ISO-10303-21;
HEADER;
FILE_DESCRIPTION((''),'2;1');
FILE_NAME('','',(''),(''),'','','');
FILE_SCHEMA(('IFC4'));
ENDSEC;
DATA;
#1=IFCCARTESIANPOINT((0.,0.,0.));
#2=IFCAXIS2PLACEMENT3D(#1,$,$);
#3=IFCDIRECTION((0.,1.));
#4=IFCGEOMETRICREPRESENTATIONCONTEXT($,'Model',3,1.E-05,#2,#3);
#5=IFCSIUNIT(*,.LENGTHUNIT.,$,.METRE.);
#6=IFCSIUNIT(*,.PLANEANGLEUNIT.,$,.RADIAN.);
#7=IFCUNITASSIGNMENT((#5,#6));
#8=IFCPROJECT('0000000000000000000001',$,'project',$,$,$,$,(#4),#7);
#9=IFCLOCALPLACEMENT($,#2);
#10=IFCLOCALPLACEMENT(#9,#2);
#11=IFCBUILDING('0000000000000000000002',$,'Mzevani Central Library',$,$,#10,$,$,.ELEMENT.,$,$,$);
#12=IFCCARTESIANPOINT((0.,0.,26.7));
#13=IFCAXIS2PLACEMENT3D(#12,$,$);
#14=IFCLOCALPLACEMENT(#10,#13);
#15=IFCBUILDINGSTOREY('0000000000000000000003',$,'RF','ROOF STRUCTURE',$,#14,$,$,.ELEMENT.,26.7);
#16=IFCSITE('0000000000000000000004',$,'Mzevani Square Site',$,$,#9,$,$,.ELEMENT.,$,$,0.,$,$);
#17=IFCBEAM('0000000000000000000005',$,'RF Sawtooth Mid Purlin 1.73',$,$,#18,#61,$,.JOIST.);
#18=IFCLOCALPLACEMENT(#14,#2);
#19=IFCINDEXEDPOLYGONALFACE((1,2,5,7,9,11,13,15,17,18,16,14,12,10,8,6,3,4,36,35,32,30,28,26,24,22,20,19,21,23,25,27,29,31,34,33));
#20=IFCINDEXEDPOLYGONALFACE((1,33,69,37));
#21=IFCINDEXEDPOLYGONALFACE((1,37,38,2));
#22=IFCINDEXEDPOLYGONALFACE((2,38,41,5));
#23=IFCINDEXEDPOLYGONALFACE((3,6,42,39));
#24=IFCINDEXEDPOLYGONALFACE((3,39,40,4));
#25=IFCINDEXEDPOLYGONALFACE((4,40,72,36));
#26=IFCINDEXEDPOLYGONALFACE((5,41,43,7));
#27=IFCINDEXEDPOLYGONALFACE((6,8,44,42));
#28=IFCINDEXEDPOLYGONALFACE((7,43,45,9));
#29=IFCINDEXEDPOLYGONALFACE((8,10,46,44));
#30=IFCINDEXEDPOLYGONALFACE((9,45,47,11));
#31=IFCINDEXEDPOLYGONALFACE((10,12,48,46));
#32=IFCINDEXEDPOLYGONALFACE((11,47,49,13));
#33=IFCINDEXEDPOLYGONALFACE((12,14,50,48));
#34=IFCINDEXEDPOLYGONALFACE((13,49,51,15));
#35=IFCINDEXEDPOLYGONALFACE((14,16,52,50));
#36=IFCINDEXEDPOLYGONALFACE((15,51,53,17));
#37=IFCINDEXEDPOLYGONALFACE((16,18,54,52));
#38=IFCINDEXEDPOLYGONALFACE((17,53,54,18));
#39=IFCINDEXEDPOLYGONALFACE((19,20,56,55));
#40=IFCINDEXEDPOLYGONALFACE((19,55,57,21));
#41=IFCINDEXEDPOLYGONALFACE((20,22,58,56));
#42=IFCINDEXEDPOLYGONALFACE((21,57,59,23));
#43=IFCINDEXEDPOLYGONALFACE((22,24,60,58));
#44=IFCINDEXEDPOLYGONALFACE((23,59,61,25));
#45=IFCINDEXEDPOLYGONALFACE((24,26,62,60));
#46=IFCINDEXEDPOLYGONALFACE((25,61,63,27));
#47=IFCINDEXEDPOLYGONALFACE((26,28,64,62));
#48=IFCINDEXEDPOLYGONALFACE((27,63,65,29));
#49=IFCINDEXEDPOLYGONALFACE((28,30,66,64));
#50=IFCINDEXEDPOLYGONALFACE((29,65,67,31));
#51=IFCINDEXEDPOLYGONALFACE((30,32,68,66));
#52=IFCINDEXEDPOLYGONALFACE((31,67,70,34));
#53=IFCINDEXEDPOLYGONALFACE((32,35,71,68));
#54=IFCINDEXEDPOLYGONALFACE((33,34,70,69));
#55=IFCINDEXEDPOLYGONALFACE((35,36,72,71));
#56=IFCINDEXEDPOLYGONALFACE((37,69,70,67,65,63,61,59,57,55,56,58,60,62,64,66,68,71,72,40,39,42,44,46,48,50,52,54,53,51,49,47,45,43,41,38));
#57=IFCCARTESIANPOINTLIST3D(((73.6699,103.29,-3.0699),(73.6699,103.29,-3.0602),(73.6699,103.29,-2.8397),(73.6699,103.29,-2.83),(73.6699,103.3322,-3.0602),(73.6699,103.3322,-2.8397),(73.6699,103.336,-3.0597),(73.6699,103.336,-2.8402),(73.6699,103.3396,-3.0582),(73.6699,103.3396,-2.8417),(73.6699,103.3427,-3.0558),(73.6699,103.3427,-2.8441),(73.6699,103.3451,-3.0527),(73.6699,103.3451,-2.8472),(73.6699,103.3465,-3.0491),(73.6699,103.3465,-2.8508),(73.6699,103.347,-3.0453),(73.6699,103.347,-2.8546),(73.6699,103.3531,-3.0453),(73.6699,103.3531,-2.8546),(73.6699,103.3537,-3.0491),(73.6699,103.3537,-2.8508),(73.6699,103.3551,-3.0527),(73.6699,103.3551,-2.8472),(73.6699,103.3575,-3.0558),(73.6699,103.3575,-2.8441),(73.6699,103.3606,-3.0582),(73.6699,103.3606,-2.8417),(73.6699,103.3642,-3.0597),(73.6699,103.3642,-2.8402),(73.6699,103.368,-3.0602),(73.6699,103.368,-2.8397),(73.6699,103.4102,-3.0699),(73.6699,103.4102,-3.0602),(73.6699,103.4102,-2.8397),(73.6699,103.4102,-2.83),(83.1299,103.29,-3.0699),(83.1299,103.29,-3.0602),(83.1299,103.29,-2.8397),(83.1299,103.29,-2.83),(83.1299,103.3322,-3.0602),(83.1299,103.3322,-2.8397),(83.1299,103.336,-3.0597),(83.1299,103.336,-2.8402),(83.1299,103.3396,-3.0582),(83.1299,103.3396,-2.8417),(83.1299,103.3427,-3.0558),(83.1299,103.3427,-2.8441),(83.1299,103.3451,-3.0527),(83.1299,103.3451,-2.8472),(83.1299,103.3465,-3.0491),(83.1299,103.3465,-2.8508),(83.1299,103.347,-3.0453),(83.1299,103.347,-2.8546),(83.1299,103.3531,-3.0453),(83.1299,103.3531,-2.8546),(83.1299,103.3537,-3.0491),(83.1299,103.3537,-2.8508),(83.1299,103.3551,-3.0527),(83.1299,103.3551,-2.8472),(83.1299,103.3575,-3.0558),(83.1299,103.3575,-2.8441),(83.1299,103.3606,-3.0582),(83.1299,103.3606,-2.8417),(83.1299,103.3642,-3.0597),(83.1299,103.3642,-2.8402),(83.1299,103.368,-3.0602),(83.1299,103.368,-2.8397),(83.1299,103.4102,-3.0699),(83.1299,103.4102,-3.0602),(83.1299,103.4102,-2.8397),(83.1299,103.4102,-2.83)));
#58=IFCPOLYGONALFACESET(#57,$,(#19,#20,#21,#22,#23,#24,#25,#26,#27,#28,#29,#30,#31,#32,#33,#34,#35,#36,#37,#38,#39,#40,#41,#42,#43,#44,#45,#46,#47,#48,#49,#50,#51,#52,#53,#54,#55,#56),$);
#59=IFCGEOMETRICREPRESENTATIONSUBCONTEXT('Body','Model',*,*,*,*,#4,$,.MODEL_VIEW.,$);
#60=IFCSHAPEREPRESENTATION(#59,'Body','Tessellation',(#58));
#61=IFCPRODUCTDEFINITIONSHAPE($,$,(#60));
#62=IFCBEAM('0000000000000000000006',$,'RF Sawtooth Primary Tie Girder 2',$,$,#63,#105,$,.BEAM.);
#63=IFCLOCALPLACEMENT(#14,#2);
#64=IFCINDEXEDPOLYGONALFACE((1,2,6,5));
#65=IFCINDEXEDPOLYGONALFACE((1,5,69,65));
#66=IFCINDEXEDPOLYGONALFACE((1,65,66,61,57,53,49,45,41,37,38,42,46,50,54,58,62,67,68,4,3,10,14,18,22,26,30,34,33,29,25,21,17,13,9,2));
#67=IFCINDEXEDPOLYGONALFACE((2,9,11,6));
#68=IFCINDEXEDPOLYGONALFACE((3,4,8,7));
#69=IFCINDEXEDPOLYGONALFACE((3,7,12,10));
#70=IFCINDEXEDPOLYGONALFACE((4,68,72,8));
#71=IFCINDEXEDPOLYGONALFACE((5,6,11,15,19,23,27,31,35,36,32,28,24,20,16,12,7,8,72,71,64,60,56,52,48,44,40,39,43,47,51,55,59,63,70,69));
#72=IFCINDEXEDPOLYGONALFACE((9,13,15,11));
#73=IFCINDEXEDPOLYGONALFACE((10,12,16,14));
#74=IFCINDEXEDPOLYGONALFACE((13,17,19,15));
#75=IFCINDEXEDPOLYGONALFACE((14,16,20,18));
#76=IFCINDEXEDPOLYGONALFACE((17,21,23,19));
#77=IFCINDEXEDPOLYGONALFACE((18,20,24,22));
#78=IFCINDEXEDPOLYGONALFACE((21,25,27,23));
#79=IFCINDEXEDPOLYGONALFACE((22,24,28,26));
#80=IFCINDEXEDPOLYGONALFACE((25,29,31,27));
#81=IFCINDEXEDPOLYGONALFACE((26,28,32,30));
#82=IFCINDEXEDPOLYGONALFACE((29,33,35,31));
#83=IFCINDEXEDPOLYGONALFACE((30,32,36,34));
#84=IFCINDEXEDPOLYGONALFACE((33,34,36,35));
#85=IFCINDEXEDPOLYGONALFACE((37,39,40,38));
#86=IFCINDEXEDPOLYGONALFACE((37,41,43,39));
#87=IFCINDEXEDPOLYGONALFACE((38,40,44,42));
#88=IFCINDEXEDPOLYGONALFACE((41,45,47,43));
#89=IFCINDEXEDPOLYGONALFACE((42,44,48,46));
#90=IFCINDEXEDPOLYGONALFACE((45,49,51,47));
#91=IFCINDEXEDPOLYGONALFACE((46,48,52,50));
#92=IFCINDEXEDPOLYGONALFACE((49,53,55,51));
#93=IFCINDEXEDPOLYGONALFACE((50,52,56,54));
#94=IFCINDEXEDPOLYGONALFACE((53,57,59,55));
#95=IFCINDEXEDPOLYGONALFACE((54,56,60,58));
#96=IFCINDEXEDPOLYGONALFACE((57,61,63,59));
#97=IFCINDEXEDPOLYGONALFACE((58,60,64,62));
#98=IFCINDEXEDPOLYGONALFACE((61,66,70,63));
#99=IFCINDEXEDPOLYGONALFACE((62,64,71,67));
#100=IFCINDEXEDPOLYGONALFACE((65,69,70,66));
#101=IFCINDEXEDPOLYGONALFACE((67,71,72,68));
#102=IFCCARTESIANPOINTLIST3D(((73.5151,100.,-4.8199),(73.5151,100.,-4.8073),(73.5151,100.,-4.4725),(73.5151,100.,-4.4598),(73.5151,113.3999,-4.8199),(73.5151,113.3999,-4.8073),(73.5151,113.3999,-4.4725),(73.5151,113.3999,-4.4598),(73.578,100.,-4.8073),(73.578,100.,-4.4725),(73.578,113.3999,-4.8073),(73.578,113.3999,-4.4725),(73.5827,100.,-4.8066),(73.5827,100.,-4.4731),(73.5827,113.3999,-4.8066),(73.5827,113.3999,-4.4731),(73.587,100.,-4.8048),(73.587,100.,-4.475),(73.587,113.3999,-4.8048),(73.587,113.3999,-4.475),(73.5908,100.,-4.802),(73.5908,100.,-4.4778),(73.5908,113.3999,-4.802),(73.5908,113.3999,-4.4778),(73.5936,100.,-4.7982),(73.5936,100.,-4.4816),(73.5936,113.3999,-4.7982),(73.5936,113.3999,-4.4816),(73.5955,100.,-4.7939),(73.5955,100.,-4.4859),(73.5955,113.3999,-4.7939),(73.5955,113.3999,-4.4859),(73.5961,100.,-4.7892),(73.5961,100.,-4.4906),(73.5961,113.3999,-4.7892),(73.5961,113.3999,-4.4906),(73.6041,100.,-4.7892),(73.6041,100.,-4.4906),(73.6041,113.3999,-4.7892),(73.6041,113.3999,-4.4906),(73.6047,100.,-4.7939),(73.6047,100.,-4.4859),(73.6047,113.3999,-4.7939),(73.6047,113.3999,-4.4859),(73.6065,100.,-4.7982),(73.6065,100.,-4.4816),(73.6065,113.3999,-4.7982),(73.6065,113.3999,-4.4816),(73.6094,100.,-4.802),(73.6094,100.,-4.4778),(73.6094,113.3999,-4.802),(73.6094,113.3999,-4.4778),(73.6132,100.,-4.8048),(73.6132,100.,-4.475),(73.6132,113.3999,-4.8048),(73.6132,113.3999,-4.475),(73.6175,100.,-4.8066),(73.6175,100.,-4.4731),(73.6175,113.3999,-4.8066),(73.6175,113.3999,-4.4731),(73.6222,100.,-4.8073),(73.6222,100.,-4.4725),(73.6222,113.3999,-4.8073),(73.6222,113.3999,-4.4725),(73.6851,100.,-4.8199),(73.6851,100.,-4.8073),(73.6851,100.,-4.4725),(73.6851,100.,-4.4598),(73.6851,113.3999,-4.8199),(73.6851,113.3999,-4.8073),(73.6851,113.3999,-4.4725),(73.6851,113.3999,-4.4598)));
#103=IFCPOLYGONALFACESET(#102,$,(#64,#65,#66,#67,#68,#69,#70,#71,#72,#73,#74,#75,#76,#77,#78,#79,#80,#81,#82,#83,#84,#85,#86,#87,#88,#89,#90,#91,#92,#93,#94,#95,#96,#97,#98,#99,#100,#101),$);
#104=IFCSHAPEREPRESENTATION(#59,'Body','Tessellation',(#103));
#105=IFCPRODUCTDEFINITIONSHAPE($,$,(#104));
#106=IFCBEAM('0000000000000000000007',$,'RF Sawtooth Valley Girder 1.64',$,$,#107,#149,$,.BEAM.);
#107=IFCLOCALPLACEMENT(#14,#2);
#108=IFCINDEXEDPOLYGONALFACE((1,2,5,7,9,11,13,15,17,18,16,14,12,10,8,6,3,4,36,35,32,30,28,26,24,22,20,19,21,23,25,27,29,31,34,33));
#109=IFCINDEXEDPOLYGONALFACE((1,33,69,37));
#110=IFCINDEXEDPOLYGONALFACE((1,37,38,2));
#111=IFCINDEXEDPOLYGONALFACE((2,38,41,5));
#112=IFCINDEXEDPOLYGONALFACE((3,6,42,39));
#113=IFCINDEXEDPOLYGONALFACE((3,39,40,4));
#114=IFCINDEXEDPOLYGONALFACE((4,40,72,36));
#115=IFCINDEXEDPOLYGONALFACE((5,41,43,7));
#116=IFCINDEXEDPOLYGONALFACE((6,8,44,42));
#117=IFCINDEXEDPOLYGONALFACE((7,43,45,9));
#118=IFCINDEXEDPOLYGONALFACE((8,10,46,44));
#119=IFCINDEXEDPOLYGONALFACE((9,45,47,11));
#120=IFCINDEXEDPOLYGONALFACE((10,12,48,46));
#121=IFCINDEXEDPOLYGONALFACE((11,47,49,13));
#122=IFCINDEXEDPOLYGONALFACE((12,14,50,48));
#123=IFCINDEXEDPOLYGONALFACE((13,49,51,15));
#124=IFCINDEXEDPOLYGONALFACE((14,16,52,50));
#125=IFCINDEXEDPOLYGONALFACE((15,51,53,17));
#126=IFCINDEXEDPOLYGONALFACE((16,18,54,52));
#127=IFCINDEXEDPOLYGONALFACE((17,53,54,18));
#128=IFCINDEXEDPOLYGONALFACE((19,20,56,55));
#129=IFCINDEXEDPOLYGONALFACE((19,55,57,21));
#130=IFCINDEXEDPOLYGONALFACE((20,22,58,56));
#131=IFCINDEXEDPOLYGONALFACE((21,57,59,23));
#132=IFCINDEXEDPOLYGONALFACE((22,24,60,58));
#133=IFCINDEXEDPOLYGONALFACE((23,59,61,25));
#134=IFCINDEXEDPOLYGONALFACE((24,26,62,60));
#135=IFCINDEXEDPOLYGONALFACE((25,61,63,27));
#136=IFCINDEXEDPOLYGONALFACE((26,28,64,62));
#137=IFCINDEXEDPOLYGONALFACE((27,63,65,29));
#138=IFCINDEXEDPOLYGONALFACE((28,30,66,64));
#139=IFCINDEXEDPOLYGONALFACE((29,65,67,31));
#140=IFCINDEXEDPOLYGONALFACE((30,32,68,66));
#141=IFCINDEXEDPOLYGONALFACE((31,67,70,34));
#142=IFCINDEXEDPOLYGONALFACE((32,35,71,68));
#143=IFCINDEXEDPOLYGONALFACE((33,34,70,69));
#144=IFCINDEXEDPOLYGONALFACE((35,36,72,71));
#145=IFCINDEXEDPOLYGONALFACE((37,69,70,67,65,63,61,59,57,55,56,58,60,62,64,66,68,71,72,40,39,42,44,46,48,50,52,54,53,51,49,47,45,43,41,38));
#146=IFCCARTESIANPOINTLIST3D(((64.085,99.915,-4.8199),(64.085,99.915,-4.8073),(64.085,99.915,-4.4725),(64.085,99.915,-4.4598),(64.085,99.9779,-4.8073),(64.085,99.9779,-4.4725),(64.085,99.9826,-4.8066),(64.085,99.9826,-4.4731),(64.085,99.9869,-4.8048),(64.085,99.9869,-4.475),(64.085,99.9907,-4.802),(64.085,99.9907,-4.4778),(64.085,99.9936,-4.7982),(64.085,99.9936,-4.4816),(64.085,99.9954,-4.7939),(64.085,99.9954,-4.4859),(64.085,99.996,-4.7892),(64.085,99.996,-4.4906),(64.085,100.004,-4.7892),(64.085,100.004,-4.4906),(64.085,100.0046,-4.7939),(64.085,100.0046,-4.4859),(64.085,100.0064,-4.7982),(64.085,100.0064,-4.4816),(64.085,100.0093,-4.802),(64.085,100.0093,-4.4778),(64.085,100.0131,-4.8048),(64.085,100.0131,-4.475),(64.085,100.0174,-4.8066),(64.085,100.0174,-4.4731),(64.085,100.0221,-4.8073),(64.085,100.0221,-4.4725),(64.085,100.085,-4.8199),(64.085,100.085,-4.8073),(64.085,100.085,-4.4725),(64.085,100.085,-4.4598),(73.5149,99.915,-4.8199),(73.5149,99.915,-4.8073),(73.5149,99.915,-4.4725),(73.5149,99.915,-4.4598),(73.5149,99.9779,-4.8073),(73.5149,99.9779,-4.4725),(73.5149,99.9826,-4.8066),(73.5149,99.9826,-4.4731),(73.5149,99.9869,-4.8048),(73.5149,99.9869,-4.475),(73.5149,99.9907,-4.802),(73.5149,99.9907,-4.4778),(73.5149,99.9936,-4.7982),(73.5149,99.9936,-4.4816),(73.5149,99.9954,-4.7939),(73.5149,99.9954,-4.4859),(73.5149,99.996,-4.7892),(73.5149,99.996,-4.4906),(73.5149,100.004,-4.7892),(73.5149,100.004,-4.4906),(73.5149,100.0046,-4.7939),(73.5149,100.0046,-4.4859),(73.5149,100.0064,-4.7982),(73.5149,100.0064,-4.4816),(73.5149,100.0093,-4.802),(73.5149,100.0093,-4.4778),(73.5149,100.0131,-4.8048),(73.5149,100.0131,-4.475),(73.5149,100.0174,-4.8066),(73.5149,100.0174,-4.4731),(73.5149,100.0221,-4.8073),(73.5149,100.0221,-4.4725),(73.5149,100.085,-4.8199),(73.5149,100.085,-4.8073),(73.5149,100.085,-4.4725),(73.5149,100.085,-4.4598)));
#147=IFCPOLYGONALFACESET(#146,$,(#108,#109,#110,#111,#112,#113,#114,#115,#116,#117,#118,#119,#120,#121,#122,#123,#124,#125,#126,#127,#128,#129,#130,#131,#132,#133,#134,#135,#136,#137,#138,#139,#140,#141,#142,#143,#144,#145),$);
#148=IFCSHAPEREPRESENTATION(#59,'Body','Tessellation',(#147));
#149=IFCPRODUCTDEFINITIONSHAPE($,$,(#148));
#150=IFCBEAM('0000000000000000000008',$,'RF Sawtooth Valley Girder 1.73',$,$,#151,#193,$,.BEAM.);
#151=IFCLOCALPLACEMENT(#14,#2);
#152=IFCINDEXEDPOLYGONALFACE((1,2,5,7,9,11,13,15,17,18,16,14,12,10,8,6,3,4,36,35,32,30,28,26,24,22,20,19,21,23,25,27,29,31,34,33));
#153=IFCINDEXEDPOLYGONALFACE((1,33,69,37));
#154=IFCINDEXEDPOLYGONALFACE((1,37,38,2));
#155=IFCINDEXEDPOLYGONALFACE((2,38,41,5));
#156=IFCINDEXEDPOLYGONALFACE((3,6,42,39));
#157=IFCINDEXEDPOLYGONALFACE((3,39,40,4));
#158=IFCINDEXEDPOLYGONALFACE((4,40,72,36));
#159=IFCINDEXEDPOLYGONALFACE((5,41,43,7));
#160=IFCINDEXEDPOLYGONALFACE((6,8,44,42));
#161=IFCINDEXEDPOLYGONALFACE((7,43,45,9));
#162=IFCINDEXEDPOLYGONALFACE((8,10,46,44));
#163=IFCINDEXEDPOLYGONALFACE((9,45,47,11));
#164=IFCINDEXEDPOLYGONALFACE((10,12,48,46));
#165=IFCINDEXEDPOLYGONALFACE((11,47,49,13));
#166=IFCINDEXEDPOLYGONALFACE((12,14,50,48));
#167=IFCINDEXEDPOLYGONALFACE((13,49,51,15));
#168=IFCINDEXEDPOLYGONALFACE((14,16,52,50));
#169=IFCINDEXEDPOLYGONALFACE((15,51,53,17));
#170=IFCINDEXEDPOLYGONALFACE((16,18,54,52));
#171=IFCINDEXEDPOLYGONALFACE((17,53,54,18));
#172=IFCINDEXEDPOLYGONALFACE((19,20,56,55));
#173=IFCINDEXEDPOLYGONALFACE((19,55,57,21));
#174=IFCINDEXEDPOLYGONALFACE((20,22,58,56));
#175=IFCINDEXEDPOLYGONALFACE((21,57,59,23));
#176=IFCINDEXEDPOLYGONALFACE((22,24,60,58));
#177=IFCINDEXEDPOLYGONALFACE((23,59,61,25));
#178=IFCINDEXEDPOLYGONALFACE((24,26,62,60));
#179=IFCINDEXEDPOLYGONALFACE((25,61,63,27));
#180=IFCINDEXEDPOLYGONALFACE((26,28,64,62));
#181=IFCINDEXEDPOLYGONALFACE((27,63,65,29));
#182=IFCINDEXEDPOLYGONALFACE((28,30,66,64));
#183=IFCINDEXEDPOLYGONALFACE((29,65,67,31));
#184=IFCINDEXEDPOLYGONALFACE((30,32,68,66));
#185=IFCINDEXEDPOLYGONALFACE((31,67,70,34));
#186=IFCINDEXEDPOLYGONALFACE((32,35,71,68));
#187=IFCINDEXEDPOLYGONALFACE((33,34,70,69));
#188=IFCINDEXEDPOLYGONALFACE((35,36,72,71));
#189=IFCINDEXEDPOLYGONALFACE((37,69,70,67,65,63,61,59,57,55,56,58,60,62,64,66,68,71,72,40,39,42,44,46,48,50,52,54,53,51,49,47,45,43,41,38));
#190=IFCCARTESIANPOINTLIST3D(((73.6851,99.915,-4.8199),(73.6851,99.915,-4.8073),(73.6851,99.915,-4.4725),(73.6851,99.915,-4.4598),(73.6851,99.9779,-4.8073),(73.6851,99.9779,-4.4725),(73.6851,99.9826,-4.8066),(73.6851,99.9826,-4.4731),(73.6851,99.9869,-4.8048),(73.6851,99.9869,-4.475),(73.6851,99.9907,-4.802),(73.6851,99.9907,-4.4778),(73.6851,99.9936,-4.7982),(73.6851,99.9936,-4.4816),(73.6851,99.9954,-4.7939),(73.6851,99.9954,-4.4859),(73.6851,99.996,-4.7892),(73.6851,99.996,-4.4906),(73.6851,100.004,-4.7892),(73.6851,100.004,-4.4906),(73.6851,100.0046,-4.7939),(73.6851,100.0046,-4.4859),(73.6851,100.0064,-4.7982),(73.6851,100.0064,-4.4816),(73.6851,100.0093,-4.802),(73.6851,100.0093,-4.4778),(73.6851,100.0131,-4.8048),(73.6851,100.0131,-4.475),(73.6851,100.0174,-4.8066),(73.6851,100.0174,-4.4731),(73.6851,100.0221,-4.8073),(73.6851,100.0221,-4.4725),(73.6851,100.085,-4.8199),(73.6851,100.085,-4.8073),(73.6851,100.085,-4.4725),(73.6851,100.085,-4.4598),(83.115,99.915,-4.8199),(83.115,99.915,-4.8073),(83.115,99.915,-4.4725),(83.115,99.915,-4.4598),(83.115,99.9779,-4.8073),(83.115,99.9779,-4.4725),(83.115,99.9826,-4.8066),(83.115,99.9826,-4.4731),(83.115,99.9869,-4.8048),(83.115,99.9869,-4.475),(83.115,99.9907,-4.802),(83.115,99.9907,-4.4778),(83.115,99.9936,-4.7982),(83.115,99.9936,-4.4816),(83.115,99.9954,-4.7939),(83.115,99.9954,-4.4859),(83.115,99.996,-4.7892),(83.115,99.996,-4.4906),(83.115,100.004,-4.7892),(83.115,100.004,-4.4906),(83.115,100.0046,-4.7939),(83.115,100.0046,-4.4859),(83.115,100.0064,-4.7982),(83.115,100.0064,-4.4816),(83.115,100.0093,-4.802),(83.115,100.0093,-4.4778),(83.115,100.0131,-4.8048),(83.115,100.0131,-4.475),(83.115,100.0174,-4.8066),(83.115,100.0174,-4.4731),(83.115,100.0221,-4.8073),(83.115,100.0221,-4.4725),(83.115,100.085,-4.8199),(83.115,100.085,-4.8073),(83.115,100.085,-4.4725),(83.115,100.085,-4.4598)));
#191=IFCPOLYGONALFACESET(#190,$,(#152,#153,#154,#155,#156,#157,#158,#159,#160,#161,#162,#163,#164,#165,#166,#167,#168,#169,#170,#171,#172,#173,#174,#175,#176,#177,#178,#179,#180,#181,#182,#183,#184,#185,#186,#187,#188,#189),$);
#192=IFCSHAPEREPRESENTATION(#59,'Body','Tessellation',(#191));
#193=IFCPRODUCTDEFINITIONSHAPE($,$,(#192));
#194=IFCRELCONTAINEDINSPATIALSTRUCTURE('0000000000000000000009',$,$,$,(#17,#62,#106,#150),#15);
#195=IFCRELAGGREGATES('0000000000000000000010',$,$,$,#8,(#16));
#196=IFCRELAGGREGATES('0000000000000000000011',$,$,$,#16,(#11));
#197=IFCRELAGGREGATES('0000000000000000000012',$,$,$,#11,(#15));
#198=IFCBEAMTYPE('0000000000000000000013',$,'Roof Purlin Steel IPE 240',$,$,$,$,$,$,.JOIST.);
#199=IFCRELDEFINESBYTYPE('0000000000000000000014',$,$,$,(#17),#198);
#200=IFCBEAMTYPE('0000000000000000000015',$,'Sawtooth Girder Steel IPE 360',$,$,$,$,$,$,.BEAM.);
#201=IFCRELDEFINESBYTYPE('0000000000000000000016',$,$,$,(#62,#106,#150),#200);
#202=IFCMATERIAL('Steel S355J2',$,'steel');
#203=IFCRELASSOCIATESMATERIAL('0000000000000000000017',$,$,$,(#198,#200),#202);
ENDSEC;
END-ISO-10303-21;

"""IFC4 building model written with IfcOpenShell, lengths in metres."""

from ifc_helpers import new_model, si_unit, direction, frame, origin, origin_2d, place, context, subcontext, project, spatial, i_section, extrude, material, material_profile, profile_set, type_object, element, save


model = new_model("IFC4")

# Units and contexts
model_context = context("Model", 3, precision=1e-05, world=origin(), true_north=direction((0.0, 1.0)))
body_context = subcontext(model_context, "Body", "Model", "MODEL_VIEW")
ifc_project = project(units=[si_unit("LENGTHUNIT", "METRE"), si_unit("PLANEANGLEUNIT", "RADIAN")], contexts=[model_context])

# Site, building, storey
site_placement = place(None, origin())
site = spatial("IfcSite", under=ifc_project, at=site_placement, Name="Mzevani Square Site", CompositionType="ELEMENT", RefElevation=0.0)
building_placement = place(site_placement, origin())
building = spatial("IfcBuilding", under=site, at=building_placement, Name="Mzevani Central Library", CompositionType="ELEMENT")
storey_placement = place(building_placement, frame((0.0, 0.0, 26.7)))
storey = spatial("IfcBuildingStorey", under=building, at=storey_placement, Name="RF", Description="ROOF STRUCTURE", CompositionType="ELEMENT", Elevation=26.7)

# Shared definitions
ifc_material_1 = material(Name="Steel S355J2", Category="steel")

# Beams
ifc_material_profile_1 = material_profile(ifc_material_1, i_section(OverallWidth=0.1201, OverallDepth=0.24, WebThickness=0.0061, FlangeThickness=0.0098, FilletRadius=0.0149, at=origin_2d()), Name="IPE 240")
ifc_profile_set_1 = profile_set([ifc_material_profile_1], Name="Steel S355J2")
beam_type_1 = type_object("IfcBeamType", Name="Roof Purlin Steel IPE 240", PredefinedType="JOIST", material=ifc_profile_set_1)
for number, where, z_axis, x_axis, name in (
    (1, (73.6699, 103.3501, -2.95), (1.0, 0.0, 0.0), (0.0, 1.0, 0.0), "RF Sawtooth Mid Purlin 1.73"),
):
    element("IfcBeam", number, at=place(storey_placement, frame(where, z_axis=z_axis, x_axis=x_axis)), inside=storey, type_object=beam_type_1, Name=name, PredefinedType="JOIST", context=body_context, shape_type="SweptSolid", body=[
        extrude(i_section(OverallWidth=0.1201, OverallDepth=0.24, WebThickness=0.0061, FlangeThickness=0.0098, FilletRadius=0.0149, at=origin_2d()), origin(), (0.0, 0.0, 1.0), 9.46),
    ])
ifc_material_profile_2 = material_profile(ifc_material_1, i_section(OverallWidth=0.1699, OverallDepth=0.3601, WebThickness=0.0081, FlangeThickness=0.0127, FilletRadius=0.0181, at=origin_2d()), Name="IPE 360")
ifc_profile_set_2 = profile_set([ifc_material_profile_2], Name="Steel S355J2")
beam_type_2 = type_object("IfcBeamType", Name="Sawtooth Girder Steel IPE 360", PredefinedType="BEAM", material=ifc_profile_set_2)
beam_1_placement = place(storey_placement, frame((73.6001, 100.0, -4.6399), z_axis=(0.0, 1.0, 0.0), x_axis=(-1.0, 0.0, 0.0)))
element("IfcBeam", 2, at=beam_1_placement, inside=storey, type_object=beam_type_2, Name="RF Sawtooth Primary Tie Girder 2", PredefinedType="BEAM", context=body_context, shape_type="SweptSolid", body=[
    extrude(i_section(OverallWidth=0.1699, OverallDepth=0.3601, WebThickness=0.0081, FlangeThickness=0.0127, FilletRadius=0.0181, at=origin_2d()), origin(), (0.0, 0.0, 1.0), 13.3999),
])
for number, where, z_axis, x_axis, name in (
    (3, (64.085, 100.0, -4.6399), (1.0, 0.0, 0.0), (0.0, 1.0, 0.0), "RF Sawtooth Valley Girder 1.64"),
    (4, (73.6851, 100.0, -4.6399), (1.0, 0.0, 0.0), (0.0, 1.0, 0.0), "RF Sawtooth Valley Girder 1.73"),
):
    element("IfcBeam", number, at=place(storey_placement, frame(where, z_axis=z_axis, x_axis=x_axis)), inside=storey, type_object=beam_type_2, Name=name, PredefinedType="BEAM", context=body_context, shape_type="SweptSolid", body=[
        extrude(i_section(OverallWidth=0.1699, OverallDepth=0.3601, WebThickness=0.0081, FlangeThickness=0.0127, FilletRadius=0.0181, at=origin_2d()), origin(), (0.0, 0.0, 1.0), 9.4299),
    ])

save(model, "model.ifc")
